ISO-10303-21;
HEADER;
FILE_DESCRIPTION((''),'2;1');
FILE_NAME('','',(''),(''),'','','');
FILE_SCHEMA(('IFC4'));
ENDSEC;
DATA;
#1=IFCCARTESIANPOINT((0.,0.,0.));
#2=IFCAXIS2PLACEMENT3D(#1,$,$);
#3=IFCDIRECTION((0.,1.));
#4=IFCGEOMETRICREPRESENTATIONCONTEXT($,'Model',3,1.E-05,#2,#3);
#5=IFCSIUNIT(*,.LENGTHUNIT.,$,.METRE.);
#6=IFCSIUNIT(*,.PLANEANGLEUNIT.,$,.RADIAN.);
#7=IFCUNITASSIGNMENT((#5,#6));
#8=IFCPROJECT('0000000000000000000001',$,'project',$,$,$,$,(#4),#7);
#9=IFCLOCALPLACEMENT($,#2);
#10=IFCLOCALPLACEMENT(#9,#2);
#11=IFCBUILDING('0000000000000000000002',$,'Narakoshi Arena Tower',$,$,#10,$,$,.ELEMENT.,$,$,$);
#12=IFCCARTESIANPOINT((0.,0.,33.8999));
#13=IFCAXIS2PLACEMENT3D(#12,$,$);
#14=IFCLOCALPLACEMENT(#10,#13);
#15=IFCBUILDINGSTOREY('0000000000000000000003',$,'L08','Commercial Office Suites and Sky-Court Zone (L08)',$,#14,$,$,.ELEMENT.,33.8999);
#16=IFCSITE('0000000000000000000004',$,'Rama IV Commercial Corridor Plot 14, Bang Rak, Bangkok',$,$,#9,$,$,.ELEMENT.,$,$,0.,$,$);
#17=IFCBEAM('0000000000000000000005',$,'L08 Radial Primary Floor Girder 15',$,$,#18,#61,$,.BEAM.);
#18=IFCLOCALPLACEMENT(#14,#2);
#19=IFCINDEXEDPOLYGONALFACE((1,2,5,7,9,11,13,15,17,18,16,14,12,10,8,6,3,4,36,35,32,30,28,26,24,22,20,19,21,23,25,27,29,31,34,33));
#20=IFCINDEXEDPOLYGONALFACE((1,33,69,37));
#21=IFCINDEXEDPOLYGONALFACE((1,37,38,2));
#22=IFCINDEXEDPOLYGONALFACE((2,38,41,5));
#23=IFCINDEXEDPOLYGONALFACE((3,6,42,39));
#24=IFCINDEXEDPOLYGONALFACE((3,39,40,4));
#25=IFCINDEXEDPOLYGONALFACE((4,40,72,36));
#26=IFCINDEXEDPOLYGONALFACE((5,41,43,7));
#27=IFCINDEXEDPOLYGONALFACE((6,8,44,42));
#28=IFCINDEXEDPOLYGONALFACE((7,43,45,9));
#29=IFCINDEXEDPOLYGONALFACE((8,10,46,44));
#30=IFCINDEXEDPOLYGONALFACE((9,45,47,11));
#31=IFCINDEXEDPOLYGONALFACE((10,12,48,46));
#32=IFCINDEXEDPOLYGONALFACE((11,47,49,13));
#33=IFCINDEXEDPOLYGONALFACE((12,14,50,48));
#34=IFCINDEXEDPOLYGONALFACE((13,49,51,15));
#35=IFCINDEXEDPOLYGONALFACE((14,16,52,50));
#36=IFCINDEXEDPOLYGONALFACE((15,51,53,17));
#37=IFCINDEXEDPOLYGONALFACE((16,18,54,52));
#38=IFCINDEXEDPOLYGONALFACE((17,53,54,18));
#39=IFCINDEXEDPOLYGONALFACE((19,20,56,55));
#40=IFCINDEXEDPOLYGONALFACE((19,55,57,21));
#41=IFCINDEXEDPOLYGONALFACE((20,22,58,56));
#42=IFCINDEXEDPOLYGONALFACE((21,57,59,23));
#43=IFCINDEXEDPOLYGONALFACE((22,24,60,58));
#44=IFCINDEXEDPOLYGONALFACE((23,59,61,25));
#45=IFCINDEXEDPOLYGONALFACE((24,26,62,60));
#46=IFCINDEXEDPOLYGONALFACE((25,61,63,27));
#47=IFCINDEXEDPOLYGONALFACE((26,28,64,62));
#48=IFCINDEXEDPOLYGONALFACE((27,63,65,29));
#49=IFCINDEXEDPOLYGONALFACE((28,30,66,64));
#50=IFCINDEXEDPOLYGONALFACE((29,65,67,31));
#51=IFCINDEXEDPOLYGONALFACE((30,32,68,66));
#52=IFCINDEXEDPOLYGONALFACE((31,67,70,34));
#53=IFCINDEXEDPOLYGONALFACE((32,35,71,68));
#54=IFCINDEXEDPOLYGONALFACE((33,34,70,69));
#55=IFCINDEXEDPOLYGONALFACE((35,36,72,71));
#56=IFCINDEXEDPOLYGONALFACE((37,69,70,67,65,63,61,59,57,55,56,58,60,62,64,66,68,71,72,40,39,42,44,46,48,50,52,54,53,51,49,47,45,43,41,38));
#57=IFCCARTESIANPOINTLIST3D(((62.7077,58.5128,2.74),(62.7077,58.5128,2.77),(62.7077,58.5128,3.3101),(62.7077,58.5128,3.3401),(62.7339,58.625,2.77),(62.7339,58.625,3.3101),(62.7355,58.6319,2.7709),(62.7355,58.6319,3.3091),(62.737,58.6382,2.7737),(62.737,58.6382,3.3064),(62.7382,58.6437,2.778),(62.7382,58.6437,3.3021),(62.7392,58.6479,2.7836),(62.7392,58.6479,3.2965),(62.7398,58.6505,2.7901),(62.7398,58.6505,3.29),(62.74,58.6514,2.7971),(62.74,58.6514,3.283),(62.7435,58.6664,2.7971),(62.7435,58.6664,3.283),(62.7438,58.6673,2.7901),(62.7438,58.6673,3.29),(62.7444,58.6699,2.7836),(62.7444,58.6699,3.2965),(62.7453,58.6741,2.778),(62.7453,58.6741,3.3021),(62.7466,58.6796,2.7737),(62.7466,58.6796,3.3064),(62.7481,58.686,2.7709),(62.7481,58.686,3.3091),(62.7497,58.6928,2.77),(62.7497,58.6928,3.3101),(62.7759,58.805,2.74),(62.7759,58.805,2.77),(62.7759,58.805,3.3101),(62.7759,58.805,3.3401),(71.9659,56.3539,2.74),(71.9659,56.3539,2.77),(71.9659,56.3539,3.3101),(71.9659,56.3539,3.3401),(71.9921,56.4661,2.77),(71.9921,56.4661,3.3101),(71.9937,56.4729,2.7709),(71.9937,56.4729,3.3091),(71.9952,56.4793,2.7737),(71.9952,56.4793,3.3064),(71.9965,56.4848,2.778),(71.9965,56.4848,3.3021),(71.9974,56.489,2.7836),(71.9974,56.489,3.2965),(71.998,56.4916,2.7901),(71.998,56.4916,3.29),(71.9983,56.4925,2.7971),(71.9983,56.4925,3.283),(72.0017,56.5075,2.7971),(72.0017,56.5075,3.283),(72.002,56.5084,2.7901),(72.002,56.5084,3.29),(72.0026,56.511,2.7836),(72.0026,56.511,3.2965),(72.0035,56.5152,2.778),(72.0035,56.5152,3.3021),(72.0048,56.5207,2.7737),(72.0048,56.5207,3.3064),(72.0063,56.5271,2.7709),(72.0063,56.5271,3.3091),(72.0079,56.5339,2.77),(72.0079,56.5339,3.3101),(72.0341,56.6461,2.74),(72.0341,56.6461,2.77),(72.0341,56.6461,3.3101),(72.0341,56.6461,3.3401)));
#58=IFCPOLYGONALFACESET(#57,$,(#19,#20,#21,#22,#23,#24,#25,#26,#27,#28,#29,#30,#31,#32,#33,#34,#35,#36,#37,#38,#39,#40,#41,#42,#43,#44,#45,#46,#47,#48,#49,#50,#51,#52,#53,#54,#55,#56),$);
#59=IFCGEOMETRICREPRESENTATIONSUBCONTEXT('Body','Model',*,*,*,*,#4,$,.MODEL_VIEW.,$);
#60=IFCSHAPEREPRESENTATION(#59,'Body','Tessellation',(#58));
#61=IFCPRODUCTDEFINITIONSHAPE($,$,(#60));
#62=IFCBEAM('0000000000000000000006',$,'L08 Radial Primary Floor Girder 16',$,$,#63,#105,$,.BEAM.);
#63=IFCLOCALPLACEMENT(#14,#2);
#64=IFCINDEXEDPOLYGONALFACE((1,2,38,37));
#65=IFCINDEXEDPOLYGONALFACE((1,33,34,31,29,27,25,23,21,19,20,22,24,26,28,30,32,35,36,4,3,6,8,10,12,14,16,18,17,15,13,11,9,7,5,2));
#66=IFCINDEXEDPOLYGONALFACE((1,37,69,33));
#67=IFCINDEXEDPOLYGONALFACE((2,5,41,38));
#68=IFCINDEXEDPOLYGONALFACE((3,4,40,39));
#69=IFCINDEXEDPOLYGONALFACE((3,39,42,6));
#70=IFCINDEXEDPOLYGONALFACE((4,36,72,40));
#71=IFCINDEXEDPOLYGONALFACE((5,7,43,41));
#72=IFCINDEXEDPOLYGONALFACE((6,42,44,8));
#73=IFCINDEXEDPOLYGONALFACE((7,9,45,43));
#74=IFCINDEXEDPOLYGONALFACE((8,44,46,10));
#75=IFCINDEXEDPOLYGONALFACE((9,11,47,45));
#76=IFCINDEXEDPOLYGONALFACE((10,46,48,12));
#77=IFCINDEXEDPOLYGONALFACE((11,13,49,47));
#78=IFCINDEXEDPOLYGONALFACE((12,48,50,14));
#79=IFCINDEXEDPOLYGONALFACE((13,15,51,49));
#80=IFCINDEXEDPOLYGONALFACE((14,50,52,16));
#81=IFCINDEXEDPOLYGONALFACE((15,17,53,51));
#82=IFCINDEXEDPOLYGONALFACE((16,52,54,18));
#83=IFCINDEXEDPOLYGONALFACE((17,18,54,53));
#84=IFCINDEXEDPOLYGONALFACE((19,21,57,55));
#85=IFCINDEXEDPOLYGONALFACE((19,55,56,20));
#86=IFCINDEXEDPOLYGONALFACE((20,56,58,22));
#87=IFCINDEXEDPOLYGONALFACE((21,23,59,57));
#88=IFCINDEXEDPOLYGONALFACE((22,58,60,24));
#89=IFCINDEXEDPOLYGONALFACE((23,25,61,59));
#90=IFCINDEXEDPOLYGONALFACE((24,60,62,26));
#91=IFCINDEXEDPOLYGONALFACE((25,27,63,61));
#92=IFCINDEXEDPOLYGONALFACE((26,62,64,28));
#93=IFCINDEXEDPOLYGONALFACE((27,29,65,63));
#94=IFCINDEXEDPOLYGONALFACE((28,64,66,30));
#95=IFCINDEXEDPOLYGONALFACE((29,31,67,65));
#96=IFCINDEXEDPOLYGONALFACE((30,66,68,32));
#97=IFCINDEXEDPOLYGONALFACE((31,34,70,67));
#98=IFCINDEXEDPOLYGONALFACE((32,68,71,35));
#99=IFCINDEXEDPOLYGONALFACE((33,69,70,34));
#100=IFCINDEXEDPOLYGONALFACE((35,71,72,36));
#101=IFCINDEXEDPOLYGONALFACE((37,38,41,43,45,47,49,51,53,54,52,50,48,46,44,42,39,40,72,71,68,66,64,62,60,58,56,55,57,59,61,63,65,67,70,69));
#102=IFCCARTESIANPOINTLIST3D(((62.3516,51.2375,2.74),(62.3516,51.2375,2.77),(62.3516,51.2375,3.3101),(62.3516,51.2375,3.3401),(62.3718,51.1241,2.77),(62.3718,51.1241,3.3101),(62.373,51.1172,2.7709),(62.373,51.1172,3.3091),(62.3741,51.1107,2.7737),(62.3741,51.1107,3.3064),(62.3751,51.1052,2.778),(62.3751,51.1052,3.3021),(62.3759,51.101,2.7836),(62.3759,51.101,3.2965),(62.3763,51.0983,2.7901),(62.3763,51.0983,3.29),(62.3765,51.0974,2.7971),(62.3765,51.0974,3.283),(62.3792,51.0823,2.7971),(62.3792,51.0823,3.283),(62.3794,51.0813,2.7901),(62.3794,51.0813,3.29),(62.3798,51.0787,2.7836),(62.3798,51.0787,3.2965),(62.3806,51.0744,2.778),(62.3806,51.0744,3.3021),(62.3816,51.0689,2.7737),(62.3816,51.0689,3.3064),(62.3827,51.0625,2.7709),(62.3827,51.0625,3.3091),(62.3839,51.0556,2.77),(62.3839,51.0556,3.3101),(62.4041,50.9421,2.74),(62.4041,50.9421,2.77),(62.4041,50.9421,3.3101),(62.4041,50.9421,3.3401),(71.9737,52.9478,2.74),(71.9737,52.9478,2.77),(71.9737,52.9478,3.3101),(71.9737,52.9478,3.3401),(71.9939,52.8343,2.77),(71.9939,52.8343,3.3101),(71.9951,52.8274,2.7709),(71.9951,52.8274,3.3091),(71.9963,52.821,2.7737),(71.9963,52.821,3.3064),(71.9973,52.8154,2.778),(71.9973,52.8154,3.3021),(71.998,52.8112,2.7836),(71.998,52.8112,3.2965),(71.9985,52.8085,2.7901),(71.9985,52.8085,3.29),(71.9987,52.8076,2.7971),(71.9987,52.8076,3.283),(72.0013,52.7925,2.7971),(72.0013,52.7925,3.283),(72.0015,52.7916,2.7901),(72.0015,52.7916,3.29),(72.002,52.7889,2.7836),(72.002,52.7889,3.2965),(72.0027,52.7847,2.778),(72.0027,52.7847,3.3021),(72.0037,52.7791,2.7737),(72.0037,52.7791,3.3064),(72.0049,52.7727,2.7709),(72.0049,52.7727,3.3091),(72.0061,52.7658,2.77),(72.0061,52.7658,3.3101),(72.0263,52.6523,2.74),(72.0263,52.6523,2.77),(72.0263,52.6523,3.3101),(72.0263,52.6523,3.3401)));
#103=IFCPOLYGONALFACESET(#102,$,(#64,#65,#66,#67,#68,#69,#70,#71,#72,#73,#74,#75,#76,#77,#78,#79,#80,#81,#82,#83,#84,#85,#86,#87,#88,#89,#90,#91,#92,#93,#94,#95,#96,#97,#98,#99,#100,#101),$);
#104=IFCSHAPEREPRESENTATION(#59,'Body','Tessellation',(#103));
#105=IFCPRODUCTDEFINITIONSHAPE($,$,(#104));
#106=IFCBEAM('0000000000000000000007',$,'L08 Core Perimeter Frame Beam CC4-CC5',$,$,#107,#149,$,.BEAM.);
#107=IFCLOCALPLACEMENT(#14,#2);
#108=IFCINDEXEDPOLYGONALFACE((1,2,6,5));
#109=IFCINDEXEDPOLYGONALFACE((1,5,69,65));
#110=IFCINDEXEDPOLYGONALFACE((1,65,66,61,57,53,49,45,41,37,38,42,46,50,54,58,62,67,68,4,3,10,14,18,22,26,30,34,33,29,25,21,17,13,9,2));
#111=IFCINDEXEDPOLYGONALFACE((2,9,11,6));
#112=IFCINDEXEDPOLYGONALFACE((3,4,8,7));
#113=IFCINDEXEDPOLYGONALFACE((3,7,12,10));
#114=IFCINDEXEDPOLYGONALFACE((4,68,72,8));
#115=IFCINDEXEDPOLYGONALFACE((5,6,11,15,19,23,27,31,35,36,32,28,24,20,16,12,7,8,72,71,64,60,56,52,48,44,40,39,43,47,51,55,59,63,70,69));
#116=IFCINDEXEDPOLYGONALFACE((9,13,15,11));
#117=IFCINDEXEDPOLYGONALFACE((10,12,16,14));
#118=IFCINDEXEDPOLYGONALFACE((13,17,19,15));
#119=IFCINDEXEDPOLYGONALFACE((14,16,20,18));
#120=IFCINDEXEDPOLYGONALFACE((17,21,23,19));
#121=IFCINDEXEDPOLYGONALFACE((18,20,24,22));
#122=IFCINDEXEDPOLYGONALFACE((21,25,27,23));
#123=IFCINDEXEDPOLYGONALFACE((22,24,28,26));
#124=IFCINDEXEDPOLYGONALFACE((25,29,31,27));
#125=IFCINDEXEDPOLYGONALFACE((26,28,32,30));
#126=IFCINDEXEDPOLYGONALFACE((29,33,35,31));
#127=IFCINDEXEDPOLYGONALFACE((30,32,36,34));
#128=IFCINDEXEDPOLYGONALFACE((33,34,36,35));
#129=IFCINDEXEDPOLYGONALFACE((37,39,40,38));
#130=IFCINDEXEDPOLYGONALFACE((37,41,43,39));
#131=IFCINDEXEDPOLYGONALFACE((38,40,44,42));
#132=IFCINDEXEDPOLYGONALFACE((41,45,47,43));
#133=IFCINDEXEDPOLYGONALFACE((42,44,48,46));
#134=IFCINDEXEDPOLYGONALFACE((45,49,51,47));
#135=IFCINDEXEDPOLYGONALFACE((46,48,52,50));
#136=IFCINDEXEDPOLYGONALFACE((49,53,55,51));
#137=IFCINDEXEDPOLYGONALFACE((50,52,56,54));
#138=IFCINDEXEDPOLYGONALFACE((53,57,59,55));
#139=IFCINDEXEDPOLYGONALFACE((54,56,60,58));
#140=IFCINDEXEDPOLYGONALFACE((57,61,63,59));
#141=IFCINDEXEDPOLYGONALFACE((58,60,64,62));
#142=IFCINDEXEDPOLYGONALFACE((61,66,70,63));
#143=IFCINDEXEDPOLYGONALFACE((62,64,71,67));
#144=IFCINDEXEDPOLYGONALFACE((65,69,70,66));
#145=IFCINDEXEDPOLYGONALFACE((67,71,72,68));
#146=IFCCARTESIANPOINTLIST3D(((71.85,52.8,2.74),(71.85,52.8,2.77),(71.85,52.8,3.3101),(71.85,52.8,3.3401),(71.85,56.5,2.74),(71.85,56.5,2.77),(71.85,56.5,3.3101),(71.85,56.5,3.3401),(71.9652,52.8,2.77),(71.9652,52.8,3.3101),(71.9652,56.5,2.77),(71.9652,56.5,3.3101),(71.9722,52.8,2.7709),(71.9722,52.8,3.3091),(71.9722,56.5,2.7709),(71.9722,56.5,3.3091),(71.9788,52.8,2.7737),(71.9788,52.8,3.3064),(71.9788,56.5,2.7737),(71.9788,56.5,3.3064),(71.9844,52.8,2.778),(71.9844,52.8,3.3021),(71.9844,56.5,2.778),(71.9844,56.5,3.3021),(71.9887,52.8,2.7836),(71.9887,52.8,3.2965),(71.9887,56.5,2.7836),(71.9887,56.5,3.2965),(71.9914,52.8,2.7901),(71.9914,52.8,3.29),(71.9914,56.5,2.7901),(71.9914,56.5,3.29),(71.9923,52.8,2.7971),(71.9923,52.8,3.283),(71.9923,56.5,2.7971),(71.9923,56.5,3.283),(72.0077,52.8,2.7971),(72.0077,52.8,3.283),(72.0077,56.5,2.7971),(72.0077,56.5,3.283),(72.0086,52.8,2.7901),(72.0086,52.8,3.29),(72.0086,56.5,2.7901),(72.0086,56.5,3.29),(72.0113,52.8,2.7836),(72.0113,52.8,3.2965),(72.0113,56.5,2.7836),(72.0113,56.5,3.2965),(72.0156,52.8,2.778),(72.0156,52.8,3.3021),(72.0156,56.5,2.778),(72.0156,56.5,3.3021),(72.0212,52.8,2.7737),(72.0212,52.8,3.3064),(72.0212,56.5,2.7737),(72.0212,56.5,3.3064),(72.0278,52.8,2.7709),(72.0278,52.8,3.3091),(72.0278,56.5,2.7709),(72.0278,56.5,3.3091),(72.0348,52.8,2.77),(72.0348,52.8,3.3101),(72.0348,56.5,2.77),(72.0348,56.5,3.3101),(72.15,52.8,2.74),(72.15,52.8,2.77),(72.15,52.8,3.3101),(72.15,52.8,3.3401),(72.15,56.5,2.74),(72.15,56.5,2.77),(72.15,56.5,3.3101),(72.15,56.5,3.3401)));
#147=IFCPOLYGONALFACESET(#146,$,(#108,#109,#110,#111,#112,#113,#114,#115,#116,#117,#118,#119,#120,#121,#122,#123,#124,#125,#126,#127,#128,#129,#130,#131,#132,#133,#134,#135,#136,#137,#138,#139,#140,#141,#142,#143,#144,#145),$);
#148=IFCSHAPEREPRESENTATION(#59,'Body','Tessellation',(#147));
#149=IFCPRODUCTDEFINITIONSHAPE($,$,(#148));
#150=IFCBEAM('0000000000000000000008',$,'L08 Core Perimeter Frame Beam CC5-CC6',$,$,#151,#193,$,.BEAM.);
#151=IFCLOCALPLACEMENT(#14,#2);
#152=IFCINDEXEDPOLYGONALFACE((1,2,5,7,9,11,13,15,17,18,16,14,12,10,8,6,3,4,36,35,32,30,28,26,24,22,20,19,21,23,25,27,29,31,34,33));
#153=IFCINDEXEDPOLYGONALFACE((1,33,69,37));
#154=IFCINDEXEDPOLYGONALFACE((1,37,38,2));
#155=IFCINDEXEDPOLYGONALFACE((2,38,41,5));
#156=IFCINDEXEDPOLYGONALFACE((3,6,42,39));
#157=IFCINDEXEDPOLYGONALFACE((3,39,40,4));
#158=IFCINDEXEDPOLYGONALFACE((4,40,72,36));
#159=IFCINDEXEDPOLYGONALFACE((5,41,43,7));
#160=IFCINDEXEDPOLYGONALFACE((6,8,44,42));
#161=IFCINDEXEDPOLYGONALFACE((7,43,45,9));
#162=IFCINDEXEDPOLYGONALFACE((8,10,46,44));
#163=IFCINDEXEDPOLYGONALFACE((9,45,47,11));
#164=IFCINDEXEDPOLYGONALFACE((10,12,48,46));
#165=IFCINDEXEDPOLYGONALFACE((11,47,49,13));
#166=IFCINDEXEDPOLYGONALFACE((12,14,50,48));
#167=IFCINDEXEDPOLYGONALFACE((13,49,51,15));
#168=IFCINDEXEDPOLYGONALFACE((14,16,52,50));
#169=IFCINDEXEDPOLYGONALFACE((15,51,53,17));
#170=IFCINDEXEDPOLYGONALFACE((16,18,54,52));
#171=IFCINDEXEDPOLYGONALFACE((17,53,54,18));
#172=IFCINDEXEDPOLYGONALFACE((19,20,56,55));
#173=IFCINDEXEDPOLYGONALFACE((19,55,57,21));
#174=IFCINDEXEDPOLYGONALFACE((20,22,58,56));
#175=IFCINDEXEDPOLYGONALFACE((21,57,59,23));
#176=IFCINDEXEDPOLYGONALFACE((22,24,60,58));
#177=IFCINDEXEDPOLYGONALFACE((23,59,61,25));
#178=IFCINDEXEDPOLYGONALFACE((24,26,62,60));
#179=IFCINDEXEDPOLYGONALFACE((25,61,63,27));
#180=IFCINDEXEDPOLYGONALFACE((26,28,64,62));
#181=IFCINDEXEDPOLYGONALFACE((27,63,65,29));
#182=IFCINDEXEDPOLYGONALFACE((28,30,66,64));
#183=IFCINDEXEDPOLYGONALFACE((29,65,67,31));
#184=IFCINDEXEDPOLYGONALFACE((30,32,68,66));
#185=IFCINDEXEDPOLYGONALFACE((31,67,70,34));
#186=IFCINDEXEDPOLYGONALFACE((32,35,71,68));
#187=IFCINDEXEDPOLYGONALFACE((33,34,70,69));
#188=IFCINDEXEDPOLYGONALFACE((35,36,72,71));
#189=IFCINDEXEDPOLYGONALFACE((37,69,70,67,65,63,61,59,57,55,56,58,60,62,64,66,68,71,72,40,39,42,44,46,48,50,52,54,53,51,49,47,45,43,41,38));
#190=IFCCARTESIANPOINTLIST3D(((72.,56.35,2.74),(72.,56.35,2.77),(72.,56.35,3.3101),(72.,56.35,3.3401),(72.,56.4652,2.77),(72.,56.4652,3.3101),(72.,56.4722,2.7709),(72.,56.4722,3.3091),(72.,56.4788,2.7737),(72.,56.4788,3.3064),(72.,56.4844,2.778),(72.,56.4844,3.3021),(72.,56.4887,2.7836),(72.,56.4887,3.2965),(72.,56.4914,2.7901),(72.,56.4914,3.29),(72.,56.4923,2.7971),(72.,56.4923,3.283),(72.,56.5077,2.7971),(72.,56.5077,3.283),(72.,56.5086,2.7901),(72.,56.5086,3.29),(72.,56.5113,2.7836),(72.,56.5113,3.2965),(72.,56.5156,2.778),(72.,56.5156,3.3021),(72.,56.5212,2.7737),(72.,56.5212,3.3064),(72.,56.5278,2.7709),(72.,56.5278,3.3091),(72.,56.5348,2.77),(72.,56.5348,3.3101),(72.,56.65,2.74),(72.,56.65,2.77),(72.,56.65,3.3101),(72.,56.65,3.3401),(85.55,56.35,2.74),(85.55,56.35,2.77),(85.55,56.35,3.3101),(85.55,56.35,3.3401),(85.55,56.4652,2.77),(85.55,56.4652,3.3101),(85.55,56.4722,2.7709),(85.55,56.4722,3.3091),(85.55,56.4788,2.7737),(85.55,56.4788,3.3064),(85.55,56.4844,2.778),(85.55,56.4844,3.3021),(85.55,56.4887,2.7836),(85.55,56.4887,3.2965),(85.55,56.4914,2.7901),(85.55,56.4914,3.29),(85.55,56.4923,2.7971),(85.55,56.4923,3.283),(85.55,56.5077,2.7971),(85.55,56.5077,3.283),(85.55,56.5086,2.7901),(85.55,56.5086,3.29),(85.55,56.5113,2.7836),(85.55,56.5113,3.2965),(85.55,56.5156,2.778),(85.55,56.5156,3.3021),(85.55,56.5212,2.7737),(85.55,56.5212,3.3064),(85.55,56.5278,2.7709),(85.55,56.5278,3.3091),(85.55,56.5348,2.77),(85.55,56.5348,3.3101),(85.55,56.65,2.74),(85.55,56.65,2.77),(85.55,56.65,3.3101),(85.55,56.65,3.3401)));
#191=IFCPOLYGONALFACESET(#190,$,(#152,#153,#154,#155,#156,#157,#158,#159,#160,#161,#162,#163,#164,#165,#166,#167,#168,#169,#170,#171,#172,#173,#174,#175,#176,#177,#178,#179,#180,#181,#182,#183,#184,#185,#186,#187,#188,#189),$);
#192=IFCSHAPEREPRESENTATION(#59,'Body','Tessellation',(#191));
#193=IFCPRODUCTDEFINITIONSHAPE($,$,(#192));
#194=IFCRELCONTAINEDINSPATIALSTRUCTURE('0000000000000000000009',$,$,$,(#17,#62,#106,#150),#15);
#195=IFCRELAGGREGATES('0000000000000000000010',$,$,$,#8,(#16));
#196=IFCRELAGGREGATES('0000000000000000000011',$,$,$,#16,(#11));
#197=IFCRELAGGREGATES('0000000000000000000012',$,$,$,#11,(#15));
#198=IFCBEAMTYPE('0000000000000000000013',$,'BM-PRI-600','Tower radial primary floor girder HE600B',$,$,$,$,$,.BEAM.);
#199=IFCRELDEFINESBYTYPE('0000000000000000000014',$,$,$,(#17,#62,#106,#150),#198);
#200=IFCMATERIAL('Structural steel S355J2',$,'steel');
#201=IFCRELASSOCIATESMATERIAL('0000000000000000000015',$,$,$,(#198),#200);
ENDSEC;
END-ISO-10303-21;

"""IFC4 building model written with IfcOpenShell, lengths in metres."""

from ifc_helpers import new_model, si_unit, direction, frame, origin, origin_2d, place, context, subcontext, project, spatial, i_section, extrude, material, material_profile, profile_set, type_object, element, save


model = new_model("IFC4")

# Units and contexts
model_context = context("Model", 3, precision=1e-05, world=origin(), true_north=direction((0.0, 1.0)))
body_context = subcontext(model_context, "Body", "Model", "MODEL_VIEW")
ifc_project = project(units=[si_unit("LENGTHUNIT", "METRE"), si_unit("PLANEANGLEUNIT", "RADIAN")], contexts=[model_context])

# Site, building, storey
site_placement = place(None, origin())
site = spatial("IfcSite", under=ifc_project, at=site_placement, Name="Rama IV Commercial Corridor Plot 14, Bang Rak, Bangkok", CompositionType="ELEMENT", RefElevation=0.0)
building_placement = place(site_placement, origin())
building = spatial("IfcBuilding", under=site, at=building_placement, Name="Narakoshi Arena Tower", CompositionType="ELEMENT")
storey_placement = place(building_placement, frame((0.0, 0.0, 33.8999)))
storey = spatial("IfcBuildingStorey", under=building, at=storey_placement, Name="L08", Description="Commercial Office Suites and Sky-Court Zone (L08)", CompositionType="ELEMENT", Elevation=33.8999)

# Beams
ifc_material_1 = material(Name="Structural steel S355J2", Category="steel")
ifc_material_profile_1 = material_profile(ifc_material_1, i_section(OverallWidth=0.3, OverallDepth=0.6001, WebThickness=0.0154, FlangeThickness=0.03, FilletRadius=0.0271, at=origin_2d()), Name="HE600B")
ifc_profile_set_1 = profile_set([ifc_material_profile_1], Name="Structural steel S355J2")
beam_type_1 = type_object("IfcBeamType", Name="BM-PRI-600", Description="Tower radial primary floor girder HE600B", PredefinedType="BEAM", material=ifc_profile_set_1)
beam_1_placement = place(storey_placement, frame((72.0, 56.5, 3.04), z_axis=(-0.973872, 0.227096, 0.0), x_axis=(-0.227096, -0.973872, 0.0)))
element("IfcBeam", 1, at=beam_1_placement, inside=storey, type_object=beam_type_1, Name="L08 Radial Primary Floor Girder 15", PredefinedType="BEAM", context=body_context, shape_type="SweptSolid", body=[
    extrude(i_section(OverallWidth=0.3, OverallDepth=0.6001, WebThickness=0.0154, FlangeThickness=0.03, FilletRadius=0.0271, at=origin_2d()), origin(), (0.0, 0.0, 1.0), 9.5066),
])
beam_2_placement = place(storey_placement, frame((72.0, 52.8, 3.04), z_axis=(-0.984569, -0.174995, 0.0), x_axis=(0.174995, -0.984569, 0.0)))
element("IfcBeam", 2, at=beam_2_placement, inside=storey, type_object=beam_type_1, Name="L08 Radial Primary Floor Girder 16", PredefinedType="BEAM", context=body_context, shape_type="SweptSolid", body=[
    extrude(i_section(OverallWidth=0.3, OverallDepth=0.6001, WebThickness=0.0154, FlangeThickness=0.03, FilletRadius=0.0271, at=origin_2d()), origin(), (0.0, 0.0, 1.0), 9.7729),
])
beam_3_placement = place(storey_placement, frame((72.0, 52.8, 3.04), z_axis=(0.0, 1.0, 0.0), x_axis=(-1.0, 0.0, 0.0)))
element("IfcBeam", 3, at=beam_3_placement, inside=storey, type_object=beam_type_1, Name="L08 Core Perimeter Frame Beam CC4-CC5", PredefinedType="BEAM", context=body_context, shape_type="SweptSolid", body=[
    extrude(i_section(OverallWidth=0.3, OverallDepth=0.6001, WebThickness=0.0154, FlangeThickness=0.03, FilletRadius=0.0271, at=origin_2d()), origin(), (0.0, 0.0, 1.0), 3.7),
])
beam_4_placement = place(storey_placement, frame((72.0, 56.5, 3.04), z_axis=(1.0, 0.0, 0.0), x_axis=(0.0, 1.0, 0.0)))
element("IfcBeam", 4, at=beam_4_placement, inside=storey, type_object=beam_type_1, Name="L08 Core Perimeter Frame Beam CC5-CC6", PredefinedType="BEAM", context=body_context, shape_type="SweptSolid", body=[
    extrude(i_section(OverallWidth=0.3, OverallDepth=0.6001, WebThickness=0.0154, FlangeThickness=0.03, FilletRadius=0.0271, at=origin_2d()), origin(), (0.0, 0.0, 1.0), 13.55),
])

save(model, "model.ifc")
